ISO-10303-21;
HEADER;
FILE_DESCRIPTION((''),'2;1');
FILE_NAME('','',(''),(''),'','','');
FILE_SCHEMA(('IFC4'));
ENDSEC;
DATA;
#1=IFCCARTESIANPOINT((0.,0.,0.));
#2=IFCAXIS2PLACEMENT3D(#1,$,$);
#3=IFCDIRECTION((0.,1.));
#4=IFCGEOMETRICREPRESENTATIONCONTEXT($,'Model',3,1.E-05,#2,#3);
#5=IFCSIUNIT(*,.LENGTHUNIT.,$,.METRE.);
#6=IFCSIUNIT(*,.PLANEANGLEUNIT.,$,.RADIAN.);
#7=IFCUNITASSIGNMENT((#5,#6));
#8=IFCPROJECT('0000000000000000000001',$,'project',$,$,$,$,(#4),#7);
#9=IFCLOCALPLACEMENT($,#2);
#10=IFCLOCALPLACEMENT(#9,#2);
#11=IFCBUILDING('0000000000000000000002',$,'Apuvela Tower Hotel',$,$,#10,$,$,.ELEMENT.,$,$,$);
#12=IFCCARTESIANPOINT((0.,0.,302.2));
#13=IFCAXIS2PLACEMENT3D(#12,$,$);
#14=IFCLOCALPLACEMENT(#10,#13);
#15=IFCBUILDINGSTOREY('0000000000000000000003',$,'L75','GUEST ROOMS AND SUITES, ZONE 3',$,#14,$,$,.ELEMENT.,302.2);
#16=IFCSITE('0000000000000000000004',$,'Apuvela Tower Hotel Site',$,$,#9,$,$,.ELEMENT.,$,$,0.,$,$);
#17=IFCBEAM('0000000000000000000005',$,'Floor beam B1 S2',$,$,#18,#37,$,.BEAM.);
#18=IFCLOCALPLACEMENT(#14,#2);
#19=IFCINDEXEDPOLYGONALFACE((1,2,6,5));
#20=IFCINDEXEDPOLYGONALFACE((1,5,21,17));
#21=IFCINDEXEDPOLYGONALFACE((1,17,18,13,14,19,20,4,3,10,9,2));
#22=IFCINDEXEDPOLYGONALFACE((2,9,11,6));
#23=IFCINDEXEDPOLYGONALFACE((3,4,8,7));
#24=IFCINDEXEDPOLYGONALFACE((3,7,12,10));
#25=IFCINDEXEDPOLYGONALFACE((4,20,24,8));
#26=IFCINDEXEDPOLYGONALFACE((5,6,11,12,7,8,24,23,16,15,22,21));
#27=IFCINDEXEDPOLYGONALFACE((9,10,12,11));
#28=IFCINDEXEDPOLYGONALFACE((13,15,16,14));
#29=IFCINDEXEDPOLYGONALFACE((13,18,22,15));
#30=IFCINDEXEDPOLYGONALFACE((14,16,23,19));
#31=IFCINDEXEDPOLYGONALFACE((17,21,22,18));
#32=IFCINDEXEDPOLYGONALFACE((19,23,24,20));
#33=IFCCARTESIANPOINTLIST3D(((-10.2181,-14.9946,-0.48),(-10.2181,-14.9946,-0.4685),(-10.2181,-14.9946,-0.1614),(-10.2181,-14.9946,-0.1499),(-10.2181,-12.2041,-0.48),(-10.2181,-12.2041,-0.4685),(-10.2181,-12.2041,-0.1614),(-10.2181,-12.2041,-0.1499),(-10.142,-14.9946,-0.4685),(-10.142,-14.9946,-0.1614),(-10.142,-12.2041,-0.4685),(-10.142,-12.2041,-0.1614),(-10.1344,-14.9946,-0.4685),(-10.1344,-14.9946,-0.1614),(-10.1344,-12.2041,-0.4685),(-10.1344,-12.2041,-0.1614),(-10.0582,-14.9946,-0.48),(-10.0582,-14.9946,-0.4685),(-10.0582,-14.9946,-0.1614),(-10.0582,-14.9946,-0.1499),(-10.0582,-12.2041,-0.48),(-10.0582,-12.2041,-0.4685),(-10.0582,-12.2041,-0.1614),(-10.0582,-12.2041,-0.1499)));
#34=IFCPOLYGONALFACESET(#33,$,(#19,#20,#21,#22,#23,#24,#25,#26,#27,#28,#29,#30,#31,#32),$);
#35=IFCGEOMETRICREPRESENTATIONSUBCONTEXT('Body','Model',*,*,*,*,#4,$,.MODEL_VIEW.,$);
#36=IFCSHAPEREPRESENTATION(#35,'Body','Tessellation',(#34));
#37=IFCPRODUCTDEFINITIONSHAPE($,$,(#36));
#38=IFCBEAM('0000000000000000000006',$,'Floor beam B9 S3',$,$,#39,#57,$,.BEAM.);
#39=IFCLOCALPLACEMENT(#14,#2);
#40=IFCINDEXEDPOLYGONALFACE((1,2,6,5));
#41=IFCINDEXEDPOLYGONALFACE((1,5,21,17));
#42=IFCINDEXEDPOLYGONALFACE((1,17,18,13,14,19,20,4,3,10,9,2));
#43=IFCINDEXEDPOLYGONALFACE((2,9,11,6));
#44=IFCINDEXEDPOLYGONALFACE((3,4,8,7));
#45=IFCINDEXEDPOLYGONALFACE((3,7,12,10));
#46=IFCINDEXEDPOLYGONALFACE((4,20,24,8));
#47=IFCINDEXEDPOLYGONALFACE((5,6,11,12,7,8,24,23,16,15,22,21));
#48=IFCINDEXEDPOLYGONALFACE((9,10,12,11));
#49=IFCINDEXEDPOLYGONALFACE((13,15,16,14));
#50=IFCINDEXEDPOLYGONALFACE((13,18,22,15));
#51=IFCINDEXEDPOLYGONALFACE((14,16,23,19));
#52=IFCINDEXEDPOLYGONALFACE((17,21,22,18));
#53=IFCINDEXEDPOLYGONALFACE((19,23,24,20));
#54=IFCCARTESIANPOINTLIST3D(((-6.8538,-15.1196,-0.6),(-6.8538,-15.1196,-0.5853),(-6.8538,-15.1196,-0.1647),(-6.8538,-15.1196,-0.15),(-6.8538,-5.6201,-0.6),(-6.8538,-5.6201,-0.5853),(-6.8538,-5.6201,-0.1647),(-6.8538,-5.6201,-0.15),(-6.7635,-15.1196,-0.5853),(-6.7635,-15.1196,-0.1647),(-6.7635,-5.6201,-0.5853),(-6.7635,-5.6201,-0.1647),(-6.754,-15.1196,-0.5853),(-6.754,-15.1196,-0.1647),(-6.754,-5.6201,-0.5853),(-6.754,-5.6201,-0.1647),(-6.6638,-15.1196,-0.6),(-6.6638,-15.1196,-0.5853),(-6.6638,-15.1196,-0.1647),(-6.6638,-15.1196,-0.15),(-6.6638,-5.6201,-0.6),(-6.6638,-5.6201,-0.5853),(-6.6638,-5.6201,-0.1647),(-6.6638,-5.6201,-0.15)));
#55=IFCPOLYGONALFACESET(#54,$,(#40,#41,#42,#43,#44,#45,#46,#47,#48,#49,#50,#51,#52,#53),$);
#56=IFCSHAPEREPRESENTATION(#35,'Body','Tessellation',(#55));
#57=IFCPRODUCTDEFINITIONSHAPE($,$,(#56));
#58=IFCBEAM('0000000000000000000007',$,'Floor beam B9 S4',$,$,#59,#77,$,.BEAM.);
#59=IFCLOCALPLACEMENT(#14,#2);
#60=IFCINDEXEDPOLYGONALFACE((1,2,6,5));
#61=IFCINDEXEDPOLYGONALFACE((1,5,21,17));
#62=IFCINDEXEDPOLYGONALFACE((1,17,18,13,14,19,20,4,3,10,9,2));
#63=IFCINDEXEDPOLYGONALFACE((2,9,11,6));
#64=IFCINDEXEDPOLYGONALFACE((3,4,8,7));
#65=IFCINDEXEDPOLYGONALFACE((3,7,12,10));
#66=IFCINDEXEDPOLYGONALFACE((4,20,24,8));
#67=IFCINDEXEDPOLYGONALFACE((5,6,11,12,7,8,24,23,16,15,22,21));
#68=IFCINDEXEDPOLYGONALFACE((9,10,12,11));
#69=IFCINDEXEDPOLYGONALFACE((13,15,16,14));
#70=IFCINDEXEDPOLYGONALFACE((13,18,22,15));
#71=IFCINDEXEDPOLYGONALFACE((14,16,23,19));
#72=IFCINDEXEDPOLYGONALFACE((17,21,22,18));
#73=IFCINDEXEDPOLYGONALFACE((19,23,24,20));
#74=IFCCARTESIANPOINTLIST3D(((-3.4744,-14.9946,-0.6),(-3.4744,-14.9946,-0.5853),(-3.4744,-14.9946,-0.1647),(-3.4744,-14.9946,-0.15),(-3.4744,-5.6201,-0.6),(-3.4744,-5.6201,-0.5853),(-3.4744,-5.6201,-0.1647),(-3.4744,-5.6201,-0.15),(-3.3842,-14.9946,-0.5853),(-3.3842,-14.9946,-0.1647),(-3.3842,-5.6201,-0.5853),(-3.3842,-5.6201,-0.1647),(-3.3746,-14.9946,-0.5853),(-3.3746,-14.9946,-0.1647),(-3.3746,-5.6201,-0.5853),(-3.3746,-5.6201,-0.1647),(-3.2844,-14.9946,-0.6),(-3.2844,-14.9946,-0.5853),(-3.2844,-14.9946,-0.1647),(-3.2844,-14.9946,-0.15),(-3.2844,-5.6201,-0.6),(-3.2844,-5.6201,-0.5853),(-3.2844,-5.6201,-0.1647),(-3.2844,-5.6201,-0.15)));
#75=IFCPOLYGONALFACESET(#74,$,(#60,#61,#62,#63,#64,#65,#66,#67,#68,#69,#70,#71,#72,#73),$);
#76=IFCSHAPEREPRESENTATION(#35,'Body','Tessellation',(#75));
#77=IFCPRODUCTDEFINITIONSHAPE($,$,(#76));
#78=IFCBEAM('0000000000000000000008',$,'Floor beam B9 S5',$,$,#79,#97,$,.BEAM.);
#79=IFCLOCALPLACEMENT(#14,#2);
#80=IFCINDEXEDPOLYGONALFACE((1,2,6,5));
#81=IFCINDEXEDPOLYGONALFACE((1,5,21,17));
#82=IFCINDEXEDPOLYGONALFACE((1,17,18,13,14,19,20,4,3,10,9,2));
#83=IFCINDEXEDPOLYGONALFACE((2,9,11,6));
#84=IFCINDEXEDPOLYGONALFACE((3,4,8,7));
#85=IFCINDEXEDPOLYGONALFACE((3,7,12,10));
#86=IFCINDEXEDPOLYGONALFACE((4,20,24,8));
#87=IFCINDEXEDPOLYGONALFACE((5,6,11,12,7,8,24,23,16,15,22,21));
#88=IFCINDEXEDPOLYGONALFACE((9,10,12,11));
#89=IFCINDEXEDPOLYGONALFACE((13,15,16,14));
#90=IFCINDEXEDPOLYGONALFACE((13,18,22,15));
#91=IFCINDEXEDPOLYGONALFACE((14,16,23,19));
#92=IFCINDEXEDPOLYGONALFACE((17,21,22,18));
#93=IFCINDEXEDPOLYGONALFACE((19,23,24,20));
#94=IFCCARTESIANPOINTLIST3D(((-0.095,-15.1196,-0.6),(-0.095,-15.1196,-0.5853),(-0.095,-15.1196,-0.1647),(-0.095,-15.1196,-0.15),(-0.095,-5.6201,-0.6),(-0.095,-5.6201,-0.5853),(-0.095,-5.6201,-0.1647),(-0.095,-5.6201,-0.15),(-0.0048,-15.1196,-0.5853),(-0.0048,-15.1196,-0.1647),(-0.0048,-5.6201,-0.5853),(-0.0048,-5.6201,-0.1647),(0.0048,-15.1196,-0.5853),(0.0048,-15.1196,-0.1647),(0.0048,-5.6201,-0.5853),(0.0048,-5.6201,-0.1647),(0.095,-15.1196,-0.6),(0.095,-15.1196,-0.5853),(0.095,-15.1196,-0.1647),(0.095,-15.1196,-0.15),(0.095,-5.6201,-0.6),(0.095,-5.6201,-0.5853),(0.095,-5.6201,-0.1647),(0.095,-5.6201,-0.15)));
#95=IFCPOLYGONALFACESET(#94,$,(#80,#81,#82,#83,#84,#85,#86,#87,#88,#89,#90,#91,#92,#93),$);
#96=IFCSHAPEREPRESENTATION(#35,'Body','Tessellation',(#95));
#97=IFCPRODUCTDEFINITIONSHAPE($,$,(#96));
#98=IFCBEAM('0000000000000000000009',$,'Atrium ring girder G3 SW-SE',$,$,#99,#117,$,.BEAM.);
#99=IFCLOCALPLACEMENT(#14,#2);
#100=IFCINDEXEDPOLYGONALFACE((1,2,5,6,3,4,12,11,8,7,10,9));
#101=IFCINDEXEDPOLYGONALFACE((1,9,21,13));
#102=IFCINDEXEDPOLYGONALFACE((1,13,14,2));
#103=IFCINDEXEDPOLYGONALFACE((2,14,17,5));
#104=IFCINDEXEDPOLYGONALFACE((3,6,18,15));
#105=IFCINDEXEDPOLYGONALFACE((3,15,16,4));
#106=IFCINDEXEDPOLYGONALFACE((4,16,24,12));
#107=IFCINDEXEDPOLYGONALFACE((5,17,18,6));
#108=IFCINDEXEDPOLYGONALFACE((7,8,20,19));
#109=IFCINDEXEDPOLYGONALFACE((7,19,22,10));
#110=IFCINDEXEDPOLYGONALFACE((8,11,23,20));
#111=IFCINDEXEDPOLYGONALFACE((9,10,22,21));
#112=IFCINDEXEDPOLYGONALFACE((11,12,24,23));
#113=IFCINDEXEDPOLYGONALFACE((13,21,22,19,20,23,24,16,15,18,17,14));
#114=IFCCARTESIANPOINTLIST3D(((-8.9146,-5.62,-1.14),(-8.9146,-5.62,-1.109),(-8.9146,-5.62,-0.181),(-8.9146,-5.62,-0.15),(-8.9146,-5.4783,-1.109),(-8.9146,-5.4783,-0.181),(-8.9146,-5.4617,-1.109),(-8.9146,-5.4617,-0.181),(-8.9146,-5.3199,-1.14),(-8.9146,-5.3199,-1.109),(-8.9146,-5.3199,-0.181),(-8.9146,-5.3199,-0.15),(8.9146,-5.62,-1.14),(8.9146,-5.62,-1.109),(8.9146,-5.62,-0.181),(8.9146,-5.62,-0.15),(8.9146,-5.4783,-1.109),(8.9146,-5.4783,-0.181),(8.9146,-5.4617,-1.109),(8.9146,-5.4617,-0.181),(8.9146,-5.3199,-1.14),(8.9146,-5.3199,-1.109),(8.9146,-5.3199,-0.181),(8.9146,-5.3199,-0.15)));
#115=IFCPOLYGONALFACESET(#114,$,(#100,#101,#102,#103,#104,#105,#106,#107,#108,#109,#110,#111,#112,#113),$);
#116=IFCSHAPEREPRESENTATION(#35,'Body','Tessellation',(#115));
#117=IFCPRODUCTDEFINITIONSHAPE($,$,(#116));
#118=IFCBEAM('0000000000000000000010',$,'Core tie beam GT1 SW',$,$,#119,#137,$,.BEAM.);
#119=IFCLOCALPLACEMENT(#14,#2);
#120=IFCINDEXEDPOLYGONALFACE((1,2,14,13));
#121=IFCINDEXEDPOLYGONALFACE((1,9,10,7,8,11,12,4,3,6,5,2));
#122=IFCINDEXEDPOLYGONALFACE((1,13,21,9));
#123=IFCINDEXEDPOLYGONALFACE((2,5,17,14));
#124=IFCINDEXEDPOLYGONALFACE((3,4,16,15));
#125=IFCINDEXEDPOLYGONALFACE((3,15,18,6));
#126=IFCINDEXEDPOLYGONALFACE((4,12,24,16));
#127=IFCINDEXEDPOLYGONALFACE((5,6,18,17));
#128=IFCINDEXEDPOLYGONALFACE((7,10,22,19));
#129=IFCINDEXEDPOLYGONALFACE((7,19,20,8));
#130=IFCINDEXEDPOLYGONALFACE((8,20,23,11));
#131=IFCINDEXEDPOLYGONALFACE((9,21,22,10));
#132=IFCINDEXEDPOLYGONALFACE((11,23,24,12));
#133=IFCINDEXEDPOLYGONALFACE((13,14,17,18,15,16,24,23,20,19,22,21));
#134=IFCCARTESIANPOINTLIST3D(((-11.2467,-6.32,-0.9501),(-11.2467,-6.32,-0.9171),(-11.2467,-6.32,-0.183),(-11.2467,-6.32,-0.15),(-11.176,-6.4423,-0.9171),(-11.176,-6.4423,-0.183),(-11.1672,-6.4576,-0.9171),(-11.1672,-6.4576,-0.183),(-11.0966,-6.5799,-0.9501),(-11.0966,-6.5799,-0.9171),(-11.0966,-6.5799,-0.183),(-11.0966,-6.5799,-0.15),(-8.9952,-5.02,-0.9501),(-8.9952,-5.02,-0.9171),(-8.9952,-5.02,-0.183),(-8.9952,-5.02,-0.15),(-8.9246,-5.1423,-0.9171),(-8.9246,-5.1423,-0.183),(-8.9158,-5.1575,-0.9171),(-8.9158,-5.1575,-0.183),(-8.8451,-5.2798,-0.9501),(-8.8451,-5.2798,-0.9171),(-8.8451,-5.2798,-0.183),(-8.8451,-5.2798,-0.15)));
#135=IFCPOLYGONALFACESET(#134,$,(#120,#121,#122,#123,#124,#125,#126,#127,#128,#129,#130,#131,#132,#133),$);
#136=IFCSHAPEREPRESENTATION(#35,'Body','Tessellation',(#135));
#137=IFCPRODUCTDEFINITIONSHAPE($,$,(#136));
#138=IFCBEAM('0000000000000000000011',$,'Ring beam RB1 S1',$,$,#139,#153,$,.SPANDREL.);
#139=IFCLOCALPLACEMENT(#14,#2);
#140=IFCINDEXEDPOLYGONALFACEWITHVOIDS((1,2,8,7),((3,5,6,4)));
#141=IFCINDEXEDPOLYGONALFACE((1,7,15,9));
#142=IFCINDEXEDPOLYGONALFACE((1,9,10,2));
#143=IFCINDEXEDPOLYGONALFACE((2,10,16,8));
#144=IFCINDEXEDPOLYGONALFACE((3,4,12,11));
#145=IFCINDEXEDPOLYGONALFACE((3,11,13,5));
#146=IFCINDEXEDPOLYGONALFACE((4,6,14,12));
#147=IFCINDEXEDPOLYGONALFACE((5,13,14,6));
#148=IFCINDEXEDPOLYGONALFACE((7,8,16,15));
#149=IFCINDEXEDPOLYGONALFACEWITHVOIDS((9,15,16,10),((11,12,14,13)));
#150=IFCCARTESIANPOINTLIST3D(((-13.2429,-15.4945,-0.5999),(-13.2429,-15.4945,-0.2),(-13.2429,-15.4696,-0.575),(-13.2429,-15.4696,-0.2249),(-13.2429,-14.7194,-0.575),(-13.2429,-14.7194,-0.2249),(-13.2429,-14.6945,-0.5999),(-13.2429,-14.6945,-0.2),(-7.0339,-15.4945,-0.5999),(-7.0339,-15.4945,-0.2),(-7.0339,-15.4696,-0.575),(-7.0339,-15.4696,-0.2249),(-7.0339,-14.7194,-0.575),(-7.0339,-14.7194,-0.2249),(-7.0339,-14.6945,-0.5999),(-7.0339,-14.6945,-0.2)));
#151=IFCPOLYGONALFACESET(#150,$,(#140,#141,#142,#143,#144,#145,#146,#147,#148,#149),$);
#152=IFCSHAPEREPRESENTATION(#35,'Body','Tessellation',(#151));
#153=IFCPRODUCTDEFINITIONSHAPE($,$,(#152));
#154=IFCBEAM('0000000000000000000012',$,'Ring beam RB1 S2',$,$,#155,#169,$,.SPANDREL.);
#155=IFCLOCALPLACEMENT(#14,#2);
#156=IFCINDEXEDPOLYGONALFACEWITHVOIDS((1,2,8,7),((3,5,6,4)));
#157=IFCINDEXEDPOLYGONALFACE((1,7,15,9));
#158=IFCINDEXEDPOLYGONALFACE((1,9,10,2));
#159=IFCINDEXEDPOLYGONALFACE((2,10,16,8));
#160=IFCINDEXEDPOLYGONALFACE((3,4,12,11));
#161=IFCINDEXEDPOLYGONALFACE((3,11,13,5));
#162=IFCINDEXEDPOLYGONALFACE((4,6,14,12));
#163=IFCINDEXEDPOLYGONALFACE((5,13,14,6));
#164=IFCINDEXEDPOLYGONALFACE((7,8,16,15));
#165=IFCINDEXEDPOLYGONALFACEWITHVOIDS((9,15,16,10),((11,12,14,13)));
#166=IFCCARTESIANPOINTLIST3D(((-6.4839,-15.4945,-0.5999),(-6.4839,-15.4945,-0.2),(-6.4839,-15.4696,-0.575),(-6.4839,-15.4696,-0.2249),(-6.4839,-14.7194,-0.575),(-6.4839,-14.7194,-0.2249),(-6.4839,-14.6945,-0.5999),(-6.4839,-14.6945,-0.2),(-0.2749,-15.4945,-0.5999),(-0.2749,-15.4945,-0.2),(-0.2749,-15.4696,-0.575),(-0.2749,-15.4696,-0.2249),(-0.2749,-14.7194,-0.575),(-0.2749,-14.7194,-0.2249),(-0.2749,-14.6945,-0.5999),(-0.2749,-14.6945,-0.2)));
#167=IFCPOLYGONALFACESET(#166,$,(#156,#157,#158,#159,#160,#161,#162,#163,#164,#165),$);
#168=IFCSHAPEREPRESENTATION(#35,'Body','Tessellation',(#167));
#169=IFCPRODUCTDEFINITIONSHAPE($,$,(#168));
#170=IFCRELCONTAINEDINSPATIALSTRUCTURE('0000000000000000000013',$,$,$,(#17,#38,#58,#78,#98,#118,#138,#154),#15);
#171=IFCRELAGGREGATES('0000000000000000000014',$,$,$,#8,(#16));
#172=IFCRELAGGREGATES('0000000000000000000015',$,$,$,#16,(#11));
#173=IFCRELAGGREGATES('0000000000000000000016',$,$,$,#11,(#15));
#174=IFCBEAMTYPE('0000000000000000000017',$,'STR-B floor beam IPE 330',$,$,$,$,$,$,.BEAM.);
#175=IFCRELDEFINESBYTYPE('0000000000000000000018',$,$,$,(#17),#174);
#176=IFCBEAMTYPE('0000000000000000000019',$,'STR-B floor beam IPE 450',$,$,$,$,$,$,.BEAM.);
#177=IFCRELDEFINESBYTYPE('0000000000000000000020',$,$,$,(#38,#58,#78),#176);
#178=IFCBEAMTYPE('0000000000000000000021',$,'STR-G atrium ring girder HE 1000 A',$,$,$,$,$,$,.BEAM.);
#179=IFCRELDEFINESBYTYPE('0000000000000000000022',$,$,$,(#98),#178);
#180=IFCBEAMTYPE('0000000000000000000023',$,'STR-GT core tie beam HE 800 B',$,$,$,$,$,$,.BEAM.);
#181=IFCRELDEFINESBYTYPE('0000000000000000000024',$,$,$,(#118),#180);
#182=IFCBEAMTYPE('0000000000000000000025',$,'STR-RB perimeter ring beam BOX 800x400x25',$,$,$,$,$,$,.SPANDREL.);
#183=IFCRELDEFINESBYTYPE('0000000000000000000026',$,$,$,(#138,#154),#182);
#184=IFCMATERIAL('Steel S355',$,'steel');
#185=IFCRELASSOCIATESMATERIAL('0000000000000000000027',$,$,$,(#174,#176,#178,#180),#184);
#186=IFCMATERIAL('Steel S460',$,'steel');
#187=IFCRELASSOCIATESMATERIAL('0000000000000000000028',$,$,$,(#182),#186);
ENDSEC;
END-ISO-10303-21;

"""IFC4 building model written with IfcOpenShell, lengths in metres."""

from ifc_helpers import new_model, si_unit, direction, frame, origin, origin_2d, place, context, subcontext, project, spatial, hollow_rectangle, i_section, extrude, material, material_profile, profile_set, type_object, element, save


model = new_model("IFC4")

# Units and contexts
model_context = context("Model", 3, precision=1e-05, world=origin(), true_north=direction((0.0, 1.0)))
body_context = subcontext(model_context, "Body", "Model", "MODEL_VIEW")
ifc_project = project(units=[si_unit("LENGTHUNIT", "METRE"), si_unit("PLANEANGLEUNIT", "RADIAN")], contexts=[model_context])

# Site, building, storey
site_placement = place(None, origin())
site = spatial("IfcSite", under=ifc_project, at=site_placement, Name="Apuvela Tower Hotel Site", CompositionType="ELEMENT", RefElevation=0.0)
building_placement = place(site_placement, origin())
building = spatial("IfcBuilding", under=site, at=building_placement, Name="Apuvela Tower Hotel", CompositionType="ELEMENT")
storey_placement = place(building_placement, frame((0.0, 0.0, 302.2)))
storey = spatial("IfcBuildingStorey", under=building, at=storey_placement, Name="L75", Description="GUEST ROOMS AND SUITES, ZONE 3", CompositionType="ELEMENT", Elevation=302.2)

# Beams
ifc_material_1 = material(Name="Steel S355", Category="steel")
ifc_material_profile_1 = material_profile(ifc_material_1, i_section(OverallWidth=0.1599, OverallDepth=0.3301, WebThickness=0.0076, FlangeThickness=0.0115, at=origin_2d()), Name="IPE 330")
ifc_profile_set_1 = profile_set([ifc_material_profile_1], Name="Steel S355")
beam_type_1 = type_object("IfcBeamType", Name="STR-B floor beam IPE 330", PredefinedType="BEAM", material=ifc_profile_set_1)
beam_1_placement = place(storey_placement, frame((-10.1382, -14.9946, -0.3149), z_axis=(0.0, 1.0, 0.0), x_axis=(-1.0, 0.0, 0.0)))
element("IfcBeam", 1, at=beam_1_placement, inside=storey, type_object=beam_type_1, Name="Floor beam B1 S2", PredefinedType="BEAM", context=body_context, shape_type="SweptSolid", body=[
    extrude(i_section(OverallWidth=0.1599, OverallDepth=0.3301, WebThickness=0.0076, FlangeThickness=0.0115, at=origin_2d()), origin(), (0.0, 0.0, 1.0), 2.7905),
])
ifc_material_profile_2 = material_profile(ifc_material_1, i_section(OverallWidth=0.1899, OverallDepth=0.45, WebThickness=0.0095, FlangeThickness=0.0146, at=origin_2d()), Name="IPE 450")
ifc_profile_set_2 = profile_set([ifc_material_profile_2], Name="Steel S355")
beam_type_2 = type_object("IfcBeamType", Name="STR-B floor beam IPE 450", PredefinedType="BEAM", material=ifc_profile_set_2)
beam_2_placement = place(storey_placement, frame((-6.7588, -15.1196, -0.375), z_axis=(0.0, 1.0, 0.0), x_axis=(-1.0, 0.0, 0.0)))
element("IfcBeam", 2, at=beam_2_placement, inside=storey, type_object=beam_type_2, Name="Floor beam B9 S3", PredefinedType="BEAM", context=body_context, shape_type="SweptSolid", body=[
    extrude(i_section(OverallWidth=0.1899, OverallDepth=0.45, WebThickness=0.0095, FlangeThickness=0.0146, at=origin_2d()), origin(), (0.0, 0.0, 1.0), 9.4995),
])
beam_3_placement = place(storey_placement, frame((-3.3794, -14.9946, -0.375), z_axis=(0.0, 1.0, 0.0), x_axis=(-1.0, 0.0, 0.0)))
element("IfcBeam", 3, at=beam_3_placement, inside=storey, type_object=beam_type_2, Name="Floor beam B9 S4", PredefinedType="BEAM", context=body_context, shape_type="SweptSolid", body=[
    extrude(i_section(OverallWidth=0.1899, OverallDepth=0.45, WebThickness=0.0095, FlangeThickness=0.0146, at=origin_2d()), origin(), (0.0, 0.0, 1.0), 9.3745),
])
beam_4_placement = place(storey_placement, frame((0.0, -15.1196, -0.375), z_axis=(0.0, 1.0, 0.0), x_axis=(-1.0, 0.0, 0.0)))
element("IfcBeam", 4, at=beam_4_placement, inside=storey, type_object=beam_type_2, Name="Floor beam B9 S5", PredefinedType="BEAM", context=body_context, shape_type="SweptSolid", body=[
    extrude(i_section(OverallWidth=0.1899, OverallDepth=0.45, WebThickness=0.0095, FlangeThickness=0.0146, at=origin_2d()), origin(), (0.0, 0.0, 1.0), 9.4995),
])
ifc_material_profile_3 = material_profile(ifc_material_1, i_section(OverallWidth=0.3, OverallDepth=0.99, WebThickness=0.0166, FlangeThickness=0.031, at=origin_2d()), Name="HE 1000 A")
ifc_profile_set_3 = profile_set([ifc_material_profile_3], Name="Steel S355")
beam_type_3 = type_object("IfcBeamType", Name="STR-G atrium ring girder HE 1000 A", PredefinedType="BEAM", material=ifc_profile_set_3)
beam_5_placement = place(storey_placement, frame((-8.9146, -5.47, -0.645), z_axis=(1.0, 0.0, 0.0), x_axis=(0.0, 1.0, 0.0)))
element("IfcBeam", 5, at=beam_5_placement, inside=storey, type_object=beam_type_3, Name="Atrium ring girder G3 SW-SE", PredefinedType="BEAM", context=body_context, shape_type="SweptSolid", body=[
    extrude(i_section(OverallWidth=0.3, OverallDepth=0.99, WebThickness=0.0166, FlangeThickness=0.031, at=origin_2d()), origin(), (0.0, 0.0, 1.0), 17.8291),
])
ifc_material_profile_4 = material_profile(ifc_material_1, i_section(OverallWidth=0.3, OverallDepth=0.8, WebThickness=0.0176, FlangeThickness=0.033, at=origin_2d()), Name="HE 800 B")
ifc_profile_set_4 = profile_set([ifc_material_profile_4], Name="Steel S355")
beam_type_4 = type_object("IfcBeamType", Name="STR-GT core tie beam HE 800 B", PredefinedType="BEAM", material=ifc_profile_set_4)
beam_6_placement = place(storey_placement, frame((-11.1716, -6.45, -0.55), z_axis=(0.865998, 0.500048, 0.0), x_axis=(-0.500048, 0.865998, 0.0)))
element("IfcBeam", 6, at=beam_6_placement, inside=storey, type_object=beam_type_4, Name="Core tie beam GT1 SW", PredefinedType="BEAM", context=body_context, shape_type="SweptSolid", body=[
    extrude(i_section(OverallWidth=0.3, OverallDepth=0.8, WebThickness=0.0176, FlangeThickness=0.033, at=origin_2d()), origin(), (0.0, 0.0, 1.0), 2.5999),
])
ifc_material_2 = material(Name="Steel S460", Category="steel")
ifc_material_profile_5 = material_profile(ifc_material_2, hollow_rectangle(XDim=0.8, YDim=0.3999, WallThickness=0.0249, at=origin_2d()), Name="BOX 800x400x25")
ifc_profile_set_5 = profile_set([ifc_material_profile_5], Name="Steel S460")
beam_type_5 = type_object("IfcBeamType", Name="STR-RB perimeter ring beam BOX 800x400x25", PredefinedType="SPANDREL", material=ifc_profile_set_5)
for number, where, z_axis, x_axis, name in (
    (7, (-13.2429, -15.0945, -0.3999), (1.0, 0.0, 0.0), (0.0, 1.0, 0.0), "Ring beam RB1 S1"),
    (8, (-6.4839, -15.0945, -0.3999), (1.0, 0.0, 0.0), (0.0, 1.0, 0.0), "Ring beam RB1 S2"),
):
    element("IfcBeam", number, at=place(storey_placement, frame(where, z_axis=z_axis, x_axis=x_axis)), inside=storey, type_object=beam_type_5, Name=name, PredefinedType="SPANDREL", context=body_context, shape_type="SweptSolid", body=[
        extrude(hollow_rectangle(XDim=0.8, YDim=0.3999, WallThickness=0.0249, at=origin_2d()), origin(), (0.0, 0.0, 1.0), 6.209),
    ])

save(model, "model.ifc")
